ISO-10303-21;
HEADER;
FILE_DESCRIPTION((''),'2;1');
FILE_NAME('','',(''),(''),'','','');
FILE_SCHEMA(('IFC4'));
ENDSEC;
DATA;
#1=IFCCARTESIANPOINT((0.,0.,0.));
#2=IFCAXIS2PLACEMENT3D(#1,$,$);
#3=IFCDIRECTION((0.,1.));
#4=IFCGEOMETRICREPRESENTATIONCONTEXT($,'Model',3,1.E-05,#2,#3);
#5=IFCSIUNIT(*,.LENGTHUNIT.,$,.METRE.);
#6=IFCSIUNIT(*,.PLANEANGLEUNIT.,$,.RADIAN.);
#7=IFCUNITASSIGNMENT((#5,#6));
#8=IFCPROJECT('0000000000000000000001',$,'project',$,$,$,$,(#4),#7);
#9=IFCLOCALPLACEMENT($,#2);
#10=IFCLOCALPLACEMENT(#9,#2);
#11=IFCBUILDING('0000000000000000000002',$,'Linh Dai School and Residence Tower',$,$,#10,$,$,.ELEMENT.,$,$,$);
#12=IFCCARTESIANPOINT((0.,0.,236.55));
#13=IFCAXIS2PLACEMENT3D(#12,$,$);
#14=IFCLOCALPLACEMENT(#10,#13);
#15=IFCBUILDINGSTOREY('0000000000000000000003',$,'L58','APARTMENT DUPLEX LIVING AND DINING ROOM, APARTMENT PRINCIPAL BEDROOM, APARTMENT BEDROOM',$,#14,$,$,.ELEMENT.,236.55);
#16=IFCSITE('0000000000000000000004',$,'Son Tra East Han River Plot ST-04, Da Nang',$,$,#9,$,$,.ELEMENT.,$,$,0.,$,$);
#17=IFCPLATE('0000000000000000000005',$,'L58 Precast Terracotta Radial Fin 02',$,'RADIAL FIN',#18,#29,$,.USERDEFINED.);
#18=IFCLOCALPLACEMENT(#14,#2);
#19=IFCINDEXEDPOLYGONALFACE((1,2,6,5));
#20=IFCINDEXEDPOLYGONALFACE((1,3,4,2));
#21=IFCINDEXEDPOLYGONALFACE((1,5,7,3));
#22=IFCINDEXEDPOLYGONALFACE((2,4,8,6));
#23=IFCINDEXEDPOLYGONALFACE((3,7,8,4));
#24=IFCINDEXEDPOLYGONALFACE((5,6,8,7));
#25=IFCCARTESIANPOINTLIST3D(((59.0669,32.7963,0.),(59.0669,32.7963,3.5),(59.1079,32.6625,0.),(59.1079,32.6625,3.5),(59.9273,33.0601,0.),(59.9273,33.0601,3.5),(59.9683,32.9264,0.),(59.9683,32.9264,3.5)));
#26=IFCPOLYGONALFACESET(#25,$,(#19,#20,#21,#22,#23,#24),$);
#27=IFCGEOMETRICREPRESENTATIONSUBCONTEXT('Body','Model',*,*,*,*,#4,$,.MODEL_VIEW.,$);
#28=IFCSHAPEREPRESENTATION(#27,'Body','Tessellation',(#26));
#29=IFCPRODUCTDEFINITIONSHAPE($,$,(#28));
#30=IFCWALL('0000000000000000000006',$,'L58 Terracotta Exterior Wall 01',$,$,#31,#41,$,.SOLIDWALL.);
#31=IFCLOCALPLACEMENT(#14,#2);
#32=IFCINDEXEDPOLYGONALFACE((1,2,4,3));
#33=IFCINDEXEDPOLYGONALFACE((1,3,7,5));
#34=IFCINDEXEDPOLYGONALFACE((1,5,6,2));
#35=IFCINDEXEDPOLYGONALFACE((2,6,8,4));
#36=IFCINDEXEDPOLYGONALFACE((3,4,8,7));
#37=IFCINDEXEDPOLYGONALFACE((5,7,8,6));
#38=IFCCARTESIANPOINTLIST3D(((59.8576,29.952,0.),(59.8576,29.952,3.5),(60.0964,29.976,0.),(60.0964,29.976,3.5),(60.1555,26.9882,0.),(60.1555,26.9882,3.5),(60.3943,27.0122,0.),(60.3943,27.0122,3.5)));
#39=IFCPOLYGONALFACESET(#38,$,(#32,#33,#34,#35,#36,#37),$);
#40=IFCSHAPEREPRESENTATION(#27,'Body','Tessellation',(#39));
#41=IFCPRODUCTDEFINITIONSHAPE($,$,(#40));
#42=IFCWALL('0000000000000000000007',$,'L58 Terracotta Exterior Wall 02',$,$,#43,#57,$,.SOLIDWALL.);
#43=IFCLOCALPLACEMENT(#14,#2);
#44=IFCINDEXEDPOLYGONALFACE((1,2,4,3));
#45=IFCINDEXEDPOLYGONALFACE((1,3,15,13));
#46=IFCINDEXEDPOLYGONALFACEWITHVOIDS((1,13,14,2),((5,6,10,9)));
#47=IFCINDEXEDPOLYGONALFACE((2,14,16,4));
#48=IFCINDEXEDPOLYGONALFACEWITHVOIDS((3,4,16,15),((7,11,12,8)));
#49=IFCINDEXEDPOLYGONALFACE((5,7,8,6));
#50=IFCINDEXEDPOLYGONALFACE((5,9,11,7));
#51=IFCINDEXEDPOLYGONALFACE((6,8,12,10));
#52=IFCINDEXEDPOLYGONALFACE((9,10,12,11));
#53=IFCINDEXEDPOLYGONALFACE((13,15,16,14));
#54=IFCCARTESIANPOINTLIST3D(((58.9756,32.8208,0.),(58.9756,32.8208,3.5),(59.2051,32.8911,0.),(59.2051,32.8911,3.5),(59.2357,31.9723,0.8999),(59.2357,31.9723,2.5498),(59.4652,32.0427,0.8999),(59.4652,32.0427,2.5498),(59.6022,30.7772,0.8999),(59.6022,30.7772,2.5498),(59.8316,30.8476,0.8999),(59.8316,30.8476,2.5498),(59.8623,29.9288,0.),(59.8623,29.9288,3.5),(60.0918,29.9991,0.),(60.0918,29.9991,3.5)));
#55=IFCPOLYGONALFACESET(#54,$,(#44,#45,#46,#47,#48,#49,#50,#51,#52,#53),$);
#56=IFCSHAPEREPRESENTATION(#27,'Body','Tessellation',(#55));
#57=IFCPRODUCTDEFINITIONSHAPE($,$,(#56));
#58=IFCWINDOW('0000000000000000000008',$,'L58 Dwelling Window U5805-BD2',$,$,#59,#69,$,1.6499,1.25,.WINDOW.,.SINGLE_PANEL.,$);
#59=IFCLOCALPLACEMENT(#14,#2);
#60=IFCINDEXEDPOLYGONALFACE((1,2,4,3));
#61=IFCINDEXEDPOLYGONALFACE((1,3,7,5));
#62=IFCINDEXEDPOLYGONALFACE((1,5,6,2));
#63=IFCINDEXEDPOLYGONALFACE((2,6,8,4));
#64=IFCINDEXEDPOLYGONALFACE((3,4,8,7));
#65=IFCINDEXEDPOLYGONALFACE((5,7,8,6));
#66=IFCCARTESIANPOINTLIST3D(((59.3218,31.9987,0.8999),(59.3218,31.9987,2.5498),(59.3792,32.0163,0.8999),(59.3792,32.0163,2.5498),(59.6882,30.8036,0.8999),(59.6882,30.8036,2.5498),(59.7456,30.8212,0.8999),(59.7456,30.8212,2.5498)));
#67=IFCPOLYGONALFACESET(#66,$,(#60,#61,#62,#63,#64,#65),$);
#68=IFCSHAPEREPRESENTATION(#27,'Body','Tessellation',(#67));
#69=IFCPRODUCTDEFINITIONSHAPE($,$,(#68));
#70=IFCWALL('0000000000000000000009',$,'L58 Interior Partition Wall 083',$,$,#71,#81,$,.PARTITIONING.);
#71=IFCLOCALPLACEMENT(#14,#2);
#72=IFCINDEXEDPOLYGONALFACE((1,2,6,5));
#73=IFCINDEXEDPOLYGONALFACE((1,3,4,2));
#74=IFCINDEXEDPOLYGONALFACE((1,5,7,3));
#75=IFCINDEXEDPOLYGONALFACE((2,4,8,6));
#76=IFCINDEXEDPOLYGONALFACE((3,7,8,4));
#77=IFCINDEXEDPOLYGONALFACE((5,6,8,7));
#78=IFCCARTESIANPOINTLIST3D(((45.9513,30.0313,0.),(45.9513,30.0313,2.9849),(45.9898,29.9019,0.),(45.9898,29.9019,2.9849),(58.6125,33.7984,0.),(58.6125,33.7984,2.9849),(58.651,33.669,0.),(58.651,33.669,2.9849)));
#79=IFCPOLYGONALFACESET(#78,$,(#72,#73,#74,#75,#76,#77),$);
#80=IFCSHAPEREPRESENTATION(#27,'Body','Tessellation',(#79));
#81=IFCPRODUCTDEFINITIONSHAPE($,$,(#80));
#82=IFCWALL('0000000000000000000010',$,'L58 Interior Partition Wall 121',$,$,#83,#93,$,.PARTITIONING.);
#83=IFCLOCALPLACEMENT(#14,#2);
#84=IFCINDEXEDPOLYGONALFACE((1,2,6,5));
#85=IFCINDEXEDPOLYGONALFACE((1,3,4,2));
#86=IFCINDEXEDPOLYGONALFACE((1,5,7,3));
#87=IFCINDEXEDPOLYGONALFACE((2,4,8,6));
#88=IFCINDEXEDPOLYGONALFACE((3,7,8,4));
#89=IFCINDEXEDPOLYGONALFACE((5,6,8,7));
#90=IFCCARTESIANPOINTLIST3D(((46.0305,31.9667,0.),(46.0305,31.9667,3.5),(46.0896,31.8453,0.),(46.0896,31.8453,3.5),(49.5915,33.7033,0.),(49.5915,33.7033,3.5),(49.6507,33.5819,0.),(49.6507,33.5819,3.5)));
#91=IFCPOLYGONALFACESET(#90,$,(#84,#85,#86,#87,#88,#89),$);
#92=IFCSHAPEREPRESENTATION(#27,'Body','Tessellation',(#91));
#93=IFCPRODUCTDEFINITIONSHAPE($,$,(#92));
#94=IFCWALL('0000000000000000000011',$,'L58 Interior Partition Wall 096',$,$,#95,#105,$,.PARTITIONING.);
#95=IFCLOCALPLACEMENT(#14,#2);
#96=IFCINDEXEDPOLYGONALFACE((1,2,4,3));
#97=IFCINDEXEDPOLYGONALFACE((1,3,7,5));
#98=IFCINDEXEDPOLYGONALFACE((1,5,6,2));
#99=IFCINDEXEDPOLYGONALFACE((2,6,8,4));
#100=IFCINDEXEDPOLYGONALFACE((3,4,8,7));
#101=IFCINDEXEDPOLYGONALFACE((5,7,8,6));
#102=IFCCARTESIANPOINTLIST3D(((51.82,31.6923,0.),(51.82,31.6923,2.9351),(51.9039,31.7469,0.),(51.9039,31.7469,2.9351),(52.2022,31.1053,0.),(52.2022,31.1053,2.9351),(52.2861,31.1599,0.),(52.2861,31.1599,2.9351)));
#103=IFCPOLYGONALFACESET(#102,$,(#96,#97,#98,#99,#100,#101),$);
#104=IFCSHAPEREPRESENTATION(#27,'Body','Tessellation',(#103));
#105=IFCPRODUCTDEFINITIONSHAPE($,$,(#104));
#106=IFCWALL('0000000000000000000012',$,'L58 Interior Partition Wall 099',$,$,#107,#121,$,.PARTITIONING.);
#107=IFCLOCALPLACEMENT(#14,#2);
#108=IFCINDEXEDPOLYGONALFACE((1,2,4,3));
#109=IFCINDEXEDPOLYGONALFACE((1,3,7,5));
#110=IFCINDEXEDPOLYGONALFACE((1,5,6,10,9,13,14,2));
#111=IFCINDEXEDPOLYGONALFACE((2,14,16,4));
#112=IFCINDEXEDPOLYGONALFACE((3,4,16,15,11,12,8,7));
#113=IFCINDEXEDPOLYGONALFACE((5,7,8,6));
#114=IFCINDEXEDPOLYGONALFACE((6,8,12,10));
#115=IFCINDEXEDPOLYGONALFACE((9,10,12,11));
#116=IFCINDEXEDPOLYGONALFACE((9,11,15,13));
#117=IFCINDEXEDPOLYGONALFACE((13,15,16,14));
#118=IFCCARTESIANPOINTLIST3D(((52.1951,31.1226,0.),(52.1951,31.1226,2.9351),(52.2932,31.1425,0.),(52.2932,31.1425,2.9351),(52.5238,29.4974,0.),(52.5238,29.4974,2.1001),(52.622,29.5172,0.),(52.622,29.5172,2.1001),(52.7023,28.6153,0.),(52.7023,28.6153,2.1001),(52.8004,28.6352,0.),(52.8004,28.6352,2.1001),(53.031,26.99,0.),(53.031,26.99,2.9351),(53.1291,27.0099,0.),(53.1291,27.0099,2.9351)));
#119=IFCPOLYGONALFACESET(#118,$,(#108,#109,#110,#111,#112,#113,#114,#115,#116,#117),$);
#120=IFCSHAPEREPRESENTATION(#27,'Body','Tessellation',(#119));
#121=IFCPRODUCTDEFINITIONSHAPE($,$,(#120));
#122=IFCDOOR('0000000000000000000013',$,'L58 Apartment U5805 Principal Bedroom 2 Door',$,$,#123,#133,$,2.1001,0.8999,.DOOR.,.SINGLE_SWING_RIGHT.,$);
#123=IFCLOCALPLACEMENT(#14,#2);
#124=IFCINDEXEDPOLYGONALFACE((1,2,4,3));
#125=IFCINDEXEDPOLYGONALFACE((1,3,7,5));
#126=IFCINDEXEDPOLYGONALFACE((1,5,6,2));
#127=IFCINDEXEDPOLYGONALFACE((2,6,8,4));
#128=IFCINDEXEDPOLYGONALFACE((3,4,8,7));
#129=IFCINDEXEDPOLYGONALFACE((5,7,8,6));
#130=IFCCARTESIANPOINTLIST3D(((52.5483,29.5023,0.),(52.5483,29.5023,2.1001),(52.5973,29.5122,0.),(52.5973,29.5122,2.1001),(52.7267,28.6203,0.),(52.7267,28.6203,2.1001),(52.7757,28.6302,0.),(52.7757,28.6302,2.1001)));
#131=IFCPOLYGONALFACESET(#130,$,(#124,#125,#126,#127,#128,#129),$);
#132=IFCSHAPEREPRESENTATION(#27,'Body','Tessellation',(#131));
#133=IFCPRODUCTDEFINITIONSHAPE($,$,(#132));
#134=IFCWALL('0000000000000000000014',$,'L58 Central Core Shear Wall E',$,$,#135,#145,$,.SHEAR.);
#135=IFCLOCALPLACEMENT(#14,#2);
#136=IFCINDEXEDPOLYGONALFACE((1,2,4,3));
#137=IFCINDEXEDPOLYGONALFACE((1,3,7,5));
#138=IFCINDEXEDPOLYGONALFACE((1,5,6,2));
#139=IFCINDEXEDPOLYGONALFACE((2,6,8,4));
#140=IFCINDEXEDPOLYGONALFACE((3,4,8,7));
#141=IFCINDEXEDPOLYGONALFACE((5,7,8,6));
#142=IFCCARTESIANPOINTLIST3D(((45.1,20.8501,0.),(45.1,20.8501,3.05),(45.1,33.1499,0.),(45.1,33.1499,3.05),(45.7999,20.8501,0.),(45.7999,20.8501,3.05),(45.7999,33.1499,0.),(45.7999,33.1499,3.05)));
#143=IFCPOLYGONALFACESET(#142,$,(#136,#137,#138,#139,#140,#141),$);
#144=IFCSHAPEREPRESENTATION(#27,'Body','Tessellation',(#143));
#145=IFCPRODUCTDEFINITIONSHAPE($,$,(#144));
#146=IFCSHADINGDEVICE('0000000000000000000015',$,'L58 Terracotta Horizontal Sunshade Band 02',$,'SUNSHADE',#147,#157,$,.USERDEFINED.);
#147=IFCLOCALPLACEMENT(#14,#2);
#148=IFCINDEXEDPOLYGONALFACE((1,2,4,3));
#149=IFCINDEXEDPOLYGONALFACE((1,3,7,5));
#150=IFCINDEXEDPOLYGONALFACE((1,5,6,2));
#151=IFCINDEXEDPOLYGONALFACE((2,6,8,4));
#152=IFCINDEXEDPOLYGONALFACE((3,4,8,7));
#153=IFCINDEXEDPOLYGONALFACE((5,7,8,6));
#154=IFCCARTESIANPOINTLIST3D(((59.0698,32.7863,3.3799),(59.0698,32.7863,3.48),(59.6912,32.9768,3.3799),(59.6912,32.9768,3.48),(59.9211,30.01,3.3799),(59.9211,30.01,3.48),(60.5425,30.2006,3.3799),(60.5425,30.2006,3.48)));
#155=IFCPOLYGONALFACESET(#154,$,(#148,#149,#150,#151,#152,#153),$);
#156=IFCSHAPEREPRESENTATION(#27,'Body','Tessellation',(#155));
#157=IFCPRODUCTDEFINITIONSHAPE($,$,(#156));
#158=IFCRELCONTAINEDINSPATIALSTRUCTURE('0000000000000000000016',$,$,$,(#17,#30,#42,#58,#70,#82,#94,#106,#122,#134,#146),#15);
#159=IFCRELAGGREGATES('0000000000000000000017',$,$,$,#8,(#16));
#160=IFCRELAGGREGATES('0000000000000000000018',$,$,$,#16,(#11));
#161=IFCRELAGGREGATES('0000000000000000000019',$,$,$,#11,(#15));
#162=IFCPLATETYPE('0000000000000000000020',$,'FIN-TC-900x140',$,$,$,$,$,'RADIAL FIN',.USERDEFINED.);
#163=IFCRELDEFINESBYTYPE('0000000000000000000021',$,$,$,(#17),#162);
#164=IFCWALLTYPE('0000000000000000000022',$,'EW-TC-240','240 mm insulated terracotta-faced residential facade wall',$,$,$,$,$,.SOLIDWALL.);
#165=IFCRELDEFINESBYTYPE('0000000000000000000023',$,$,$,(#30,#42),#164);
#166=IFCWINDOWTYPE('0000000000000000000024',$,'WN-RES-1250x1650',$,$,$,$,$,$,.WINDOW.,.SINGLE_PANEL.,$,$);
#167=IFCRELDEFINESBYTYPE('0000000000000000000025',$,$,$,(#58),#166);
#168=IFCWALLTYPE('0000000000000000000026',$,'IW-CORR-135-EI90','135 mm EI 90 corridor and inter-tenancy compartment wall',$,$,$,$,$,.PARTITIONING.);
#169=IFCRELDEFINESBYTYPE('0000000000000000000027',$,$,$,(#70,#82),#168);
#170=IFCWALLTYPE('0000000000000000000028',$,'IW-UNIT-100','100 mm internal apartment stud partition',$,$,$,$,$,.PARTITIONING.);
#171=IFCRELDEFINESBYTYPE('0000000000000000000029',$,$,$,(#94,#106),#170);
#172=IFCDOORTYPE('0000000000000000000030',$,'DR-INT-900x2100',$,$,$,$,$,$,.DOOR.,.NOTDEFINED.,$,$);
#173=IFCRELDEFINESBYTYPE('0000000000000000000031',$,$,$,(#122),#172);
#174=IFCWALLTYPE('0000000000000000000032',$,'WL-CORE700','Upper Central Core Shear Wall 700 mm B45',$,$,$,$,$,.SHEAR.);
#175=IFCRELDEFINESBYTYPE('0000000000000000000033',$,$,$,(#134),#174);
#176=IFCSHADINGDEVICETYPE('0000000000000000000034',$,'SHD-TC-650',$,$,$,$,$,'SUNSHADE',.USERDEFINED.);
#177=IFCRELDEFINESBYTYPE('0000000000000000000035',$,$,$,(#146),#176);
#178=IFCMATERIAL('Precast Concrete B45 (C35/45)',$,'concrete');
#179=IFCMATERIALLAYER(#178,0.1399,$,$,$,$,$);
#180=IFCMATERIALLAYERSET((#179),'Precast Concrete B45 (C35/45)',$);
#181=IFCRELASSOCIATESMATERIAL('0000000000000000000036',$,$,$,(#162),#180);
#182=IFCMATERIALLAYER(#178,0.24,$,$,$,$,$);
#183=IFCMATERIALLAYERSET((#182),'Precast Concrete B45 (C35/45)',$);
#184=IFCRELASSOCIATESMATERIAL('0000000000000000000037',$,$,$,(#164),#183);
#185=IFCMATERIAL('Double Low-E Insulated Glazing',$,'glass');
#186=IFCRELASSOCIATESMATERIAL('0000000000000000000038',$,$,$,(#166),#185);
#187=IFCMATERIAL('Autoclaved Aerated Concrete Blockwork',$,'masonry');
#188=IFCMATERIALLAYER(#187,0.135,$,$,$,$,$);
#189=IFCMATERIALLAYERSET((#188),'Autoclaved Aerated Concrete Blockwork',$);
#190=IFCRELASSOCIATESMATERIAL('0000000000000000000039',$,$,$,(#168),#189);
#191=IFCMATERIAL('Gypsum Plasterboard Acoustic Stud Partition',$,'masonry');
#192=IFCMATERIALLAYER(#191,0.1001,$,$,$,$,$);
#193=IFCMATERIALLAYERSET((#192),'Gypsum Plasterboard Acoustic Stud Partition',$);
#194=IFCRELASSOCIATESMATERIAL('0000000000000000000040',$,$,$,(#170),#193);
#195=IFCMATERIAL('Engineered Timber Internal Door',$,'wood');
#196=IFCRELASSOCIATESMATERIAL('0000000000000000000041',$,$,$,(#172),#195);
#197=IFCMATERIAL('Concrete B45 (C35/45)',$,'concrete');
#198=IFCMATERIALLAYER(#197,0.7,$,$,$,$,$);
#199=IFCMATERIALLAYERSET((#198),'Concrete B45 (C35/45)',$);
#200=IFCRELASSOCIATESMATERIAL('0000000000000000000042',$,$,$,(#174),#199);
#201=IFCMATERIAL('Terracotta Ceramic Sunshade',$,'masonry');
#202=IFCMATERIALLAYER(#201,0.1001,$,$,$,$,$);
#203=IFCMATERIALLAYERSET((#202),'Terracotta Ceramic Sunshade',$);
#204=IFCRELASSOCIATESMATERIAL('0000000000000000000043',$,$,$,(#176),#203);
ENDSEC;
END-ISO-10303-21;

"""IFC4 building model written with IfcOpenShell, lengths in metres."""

from ifc_helpers import new_model, si_unit, direction, frame, frame_2d, origin, origin_2d, place, context, subcontext, project, spatial, rectangle, extrude, source, transform, mapped, material, layer, layer_set, type_object, element, fill, save


model = new_model("IFC4")

# Units and contexts
model_context = context("Model", 3, precision=1e-05, world=origin(), true_north=direction((0.0, 1.0)))
body_context = subcontext(model_context, "Body", "Model", "MODEL_VIEW")
ifc_project = project(units=[si_unit("LENGTHUNIT", "METRE"), si_unit("PLANEANGLEUNIT", "RADIAN")], contexts=[model_context])

# Site, building, storey
site_placement = place(None, origin())
site = spatial("IfcSite", under=ifc_project, at=site_placement, Name="Son Tra East Han River Plot ST-04, Da Nang", CompositionType="ELEMENT", RefElevation=0.0)
building_placement = place(site_placement, origin())
building = spatial("IfcBuilding", under=site, at=building_placement, Name="Linh Dai School and Residence Tower", CompositionType="ELEMENT")
storey_placement = place(building_placement, frame((0.0, 0.0, 236.55)))
storey = spatial("IfcBuildingStorey", under=building, at=storey_placement, Name="L58", Description="APARTMENT DUPLEX LIVING AND DINING ROOM, APARTMENT PRINCIPAL BEDROOM, APARTMENT BEDROOM", CompositionType="ELEMENT", Elevation=236.55)

# Plate
ifc_material_1 = material(Name="Precast Concrete B45 (C35/45)", Category="concrete")
ifc_layer_1 = layer(ifc_material_1, 0.1399)
ifc_layer_set_1 = layer_set([ifc_layer_1], Name="Precast Concrete B45 (C35/45)")
plate_type = type_object("IfcPlateType", Name="FIN-TC-900x140", ElementType="RADIAL FIN", PredefinedType="USERDEFINED", material=ifc_layer_set_1)
shared_shape_1 = source(origin(), body_context, "Body", "SweptSolid", [
    extrude(rectangle(XDim=0.8999, YDim=0.1399, at=origin_2d()), origin(), (0.0, 0.0, 1.0), 3.5),
])
plate_placement = place(storey_placement, frame((59.5176, 32.8613, 0.0), z_axis=(0.0, 0.0, 1.0), x_axis=(0.956064, 0.293157, 0.0)))
element("IfcPlate", 1, at=plate_placement, inside=storey, type_object=plate_type, Name="L58 Precast Terracotta Radial Fin 02", ObjectType="RADIAL FIN", PredefinedType="USERDEFINED", context=body_context, shape_type="MappedRepresentation", body=[
    mapped(shared_shape_1, transform((0.0, 0.0, 0.0), x_axis=(1.0, 0.0, 0.0), y_axis=(0.0, 1.0, 0.0), z_axis=(0.0, 0.0, 1.0), scale=1.0)),
])

# Wall
ifc_layer_2 = layer(ifc_material_1, 0.24)
ifc_layer_set_2 = layer_set([ifc_layer_2], Name="Precast Concrete B45 (C35/45)")
wall_type_1 = type_object("IfcWallType", Name="EW-TC-240", Description="240 mm insulated terracotta-faced residential facade wall", PredefinedType="SOLIDWALL", material=ifc_layer_set_2)
wall_1_placement = place(storey_placement, frame((59.9771, 29.9639, 0.0), z_axis=(0.0, 0.0, 1.0), x_axis=(0.099991, -0.994988, 0.0)))
element("IfcWall", 2, at=wall_1_placement, inside=storey, type_object=wall_type_1, Name="L58 Terracotta Exterior Wall 01", PredefinedType="SOLIDWALL", context=body_context, shape_type="SweptSolid", body=[
    extrude(rectangle(XDim=2.9788, YDim=0.24, at=frame_2d((1.4893, 0.0))), origin(), (0.0, 0.0, 1.0), 3.5),
])

# Wall, opening, window
wall_2_placement = place(storey_placement, frame((59.0903, 32.856, 0.0), z_axis=(0.0, 0.0, 1.0), x_axis=(0.293133, -0.956072, 0.0)))
wall_2 = element("IfcWall", 3, at=wall_2_placement, inside=storey, type_object=wall_type_1, Name="L58 Terracotta Exterior Wall 02", PredefinedType="SOLIDWALL", context=body_context, shape_type="SweptSolid", body=[
    extrude(rectangle(XDim=3.0249, YDim=0.24, at=frame_2d((1.5125, 0.0))), origin(), (0.0, 0.0, 1.0), 3.5),
])
opening_1_placement = place(wall_2_placement, frame((0.8875, 0.0, 0.8999)))
opening_1 = element("IfcOpeningElement", 4, at=opening_1_placement, cuts=wall_2, PredefinedType="OPENING", context=body_context, shape_type="SweptSolid", body=[
    extrude(rectangle(XDim=1.25, YDim=1.6499, at=origin_2d()), frame((0.625, 0.1299, 0.825), z_axis=(0.0, -1.0, 0.0), x_axis=(1.0, 0.0, 0.0)), (0.0, 0.0, 1.0), 0.26),
])
ifc_material_2 = material(Name="Double Low-E Insulated Glazing", Category="glass")
window_type = type_object("IfcWindowType", Name="WN-RES-1250x1650", PartitioningType="SINGLE_PANEL", PredefinedType="WINDOW", material=ifc_material_2)
shared_shape_2 = source(origin(), body_context, "Body", "SweptSolid", [
    extrude(rectangle(XDim=1.25, YDim=1.6499, at=origin_2d()), frame((0.625, 0.03, 0.825), z_axis=(0.0, -1.0, 0.0), x_axis=(1.0, 0.0, 0.0)), (0.0, 0.0, 1.0), 0.0601),
])
window_placement = place(opening_1_placement, origin())
window = element("IfcWindow", 5, at=window_placement, inside=storey, type_object=window_type, Name="L58 Dwelling Window U5805-BD2", OverallHeight=1.6499, OverallWidth=1.25, PartitioningType="SINGLE_PANEL", PredefinedType="WINDOW", context=body_context, shape_type="MappedRepresentation", body=[
    mapped(shared_shape_2, transform((0.0, 0.0, 0.0), x_axis=(1.0, 0.0, 0.0), y_axis=(0.0, 1.0, 0.0), z_axis=(0.0, 0.0, 1.0), scale=1.0)),
])
fill(opening_1, window)

# Walls
ifc_material_3 = material(Name="Autoclaved Aerated Concrete Blockwork", Category="masonry")
ifc_layer_3 = layer(ifc_material_3, 0.135)
ifc_layer_set_3 = layer_set([ifc_layer_3], Name="Autoclaved Aerated Concrete Blockwork")
wall_type_2 = type_object("IfcWallType", Name="IW-CORR-135-EI90", Description="135 mm EI 90 corridor and inter-tenancy compartment wall", PredefinedType="PARTITIONING", material=ifc_layer_set_3)
wall_3_placement = place(storey_placement, frame((45.9705, 29.9666, 0.0), z_axis=(0.0, 0.0, 1.0), x_axis=(0.958475, 0.285177, 0.0)))
element("IfcWall", 6, at=wall_3_placement, inside=storey, type_object=wall_type_2, Name="L58 Interior Partition Wall 083", PredefinedType="PARTITIONING", context=body_context, shape_type="SweptSolid", body=[
    extrude(rectangle(XDim=13.2097, YDim=0.135, at=frame_2d((6.605, 0.0))), origin(), (0.0, 0.0, 1.0), 2.9849),
])
wall_4_placement = place(storey_placement, frame((46.0601, 31.906, 0.0), z_axis=(0.0, 0.0, 1.0), x_axis=(0.89882, 0.438318, 0.0)))
element("IfcWall", 7, at=wall_4_placement, inside=storey, type_object=wall_type_2, Name="L58 Interior Partition Wall 121", PredefinedType="PARTITIONING", context=body_context, shape_type="SweptSolid", body=[
    extrude(rectangle(XDim=3.9619, YDim=0.135, at=frame_2d((1.981, 0.0))), origin(), (0.0, 0.0, 1.0), 3.5),
])
ifc_material_4 = material(Name="Gypsum Plasterboard Acoustic Stud Partition", Category="masonry")
ifc_layer_4 = layer(ifc_material_4, 0.1001)
ifc_layer_set_4 = layer_set([ifc_layer_4], Name="Gypsum Plasterboard Acoustic Stud Partition")
wall_type_3 = type_object("IfcWallType", Name="IW-UNIT-100", Description="100 mm internal apartment stud partition", PredefinedType="PARTITIONING", material=ifc_layer_set_4)
wall_5_placement = place(storey_placement, frame((51.8621, 31.7195, 0.0), z_axis=(0.0, 0.0, 1.0), x_axis=(0.545576, -0.838061, 0.0)))
element("IfcWall", 8, at=wall_5_placement, inside=storey, type_object=wall_type_3, Name="L58 Interior Partition Wall 096", PredefinedType="PARTITIONING", context=body_context, shape_type="SweptSolid", body=[
    extrude(rectangle(XDim=0.7004, YDim=0.1001, at=frame_2d((0.3501, 0.0))), origin(), (0.0, 0.0, 1.0), 2.9351),
])

# Wall, opening, door
wall_6_placement = place(storey_placement, frame((52.2441, 31.1326, 0.0), z_axis=(0.0, 0.0, 1.0), x_axis=(0.198265, -0.980148, 0.0)))
wall_6 = element("IfcWall", 9, at=wall_6_placement, inside=storey, type_object=wall_type_3, Name="L58 Interior Partition Wall 099", PredefinedType="PARTITIONING", context=body_context, shape_type="SweptSolid", body=[
    extrude(rectangle(XDim=4.2163, YDim=0.1001, at=frame_2d((2.1082, 0.0))), origin(), (0.0, 0.0, 1.0), 2.9351),
])
opening_2_placement = place(wall_6_placement, frame((1.6582, 0.0, 0.0)))
opening_2 = element("IfcOpeningElement", 10, at=opening_2_placement, cuts=wall_6, PredefinedType="OPENING", context=body_context, shape_type="SweptSolid", body=[
    extrude(rectangle(XDim=0.8999, YDim=2.1001, at=origin_2d()), frame((0.45, 0.0601, 1.05), z_axis=(0.0, -1.0, 0.0), x_axis=(1.0, 0.0, 0.0)), (0.0, 0.0, 1.0), 0.1201),
])
ifc_material_5 = material(Name="Engineered Timber Internal Door", Category="wood")
door_type = type_object("IfcDoorType", Name="DR-INT-900x2100", OperationType="NOTDEFINED", PredefinedType="DOOR", material=ifc_material_5)
shared_shape_3 = source(origin(), body_context, "Body", "SweptSolid", [
    extrude(rectangle(XDim=0.8999, YDim=2.1001, at=origin_2d()), frame((0.45, 0.0249, 1.05), z_axis=(0.0, -1.0, 0.0), x_axis=(1.0, 0.0, 0.0)), (0.0, 0.0, 1.0), 0.05),
])
door_placement = place(opening_2_placement, origin())
door = element("IfcDoor", 11, at=door_placement, inside=storey, type_object=door_type, Name="L58 Apartment U5805 Principal Bedroom 2 Door", OperationType="SINGLE_SWING_RIGHT", OverallHeight=2.1001, OverallWidth=0.8999, PredefinedType="DOOR", context=body_context, shape_type="MappedRepresentation", body=[
    mapped(shared_shape_3, transform((0.0, 0.0, 0.0), x_axis=(1.0, 0.0, 0.0), y_axis=(0.0, 1.0, 0.0), z_axis=(0.0, 0.0, 1.0), scale=1.0)),
])
fill(opening_2, door)

# Wall
ifc_material_6 = material(Name="Concrete B45 (C35/45)", Category="concrete")
ifc_layer_5 = layer(ifc_material_6, 0.7)
ifc_layer_set_5 = layer_set([ifc_layer_5], Name="Concrete B45 (C35/45)")
wall_type_4 = type_object("IfcWallType", Name="WL-CORE700", Description="Upper Central Core Shear Wall 700 mm B45", PredefinedType="SHEAR", material=ifc_layer_set_5)
wall_7_placement = place(storey_placement, frame((45.45, 33.1499, 0.0), z_axis=(0.0, 0.0, 1.0), x_axis=(0.0, -1.0, 0.0)))
element("IfcWall", 12, at=wall_7_placement, inside=storey, type_object=wall_type_4, Name="L58 Central Core Shear Wall E", PredefinedType="SHEAR", context=body_context, shape_type="SweptSolid", body=[
    extrude(rectangle(XDim=12.2998, YDim=0.7, at=frame_2d((6.1499, 0.0))), origin(), (0.0, 0.0, 1.0), 3.05),
])

# Shading device
ifc_material_7 = material(Name="Terracotta Ceramic Sunshade", Category="masonry")
ifc_layer_6 = layer(ifc_material_7, 0.1001)
ifc_layer_set_6 = layer_set([ifc_layer_6], Name="Terracotta Ceramic Sunshade")
shading_device_type = type_object("IfcShadingDeviceType", Name="SHD-TC-650", ElementType="SUNSHADE", PredefinedType="USERDEFINED", material=ifc_layer_set_6)
shared_shape_4 = source(origin(), body_context, "Body", "SweptSolid", [
    extrude(rectangle(XDim=2.9038, YDim=0.6499, at=origin_2d()), origin(), (0.0, 0.0, 1.0), 0.1001),
])
shading_device_placement = place(storey_placement, frame((59.8062, 31.4934, 3.3799), z_axis=(0.0, 0.0, 1.0), x_axis=(0.293157, -0.956064, 0.0)))
element("IfcShadingDevice", 13, at=shading_device_placement, inside=storey, type_object=shading_device_type, Name="L58 Terracotta Horizontal Sunshade Band 02", ObjectType="SUNSHADE", PredefinedType="USERDEFINED", context=body_context, shape_type="MappedRepresentation", body=[
    mapped(shared_shape_4, transform((0.0, 0.0, 0.0), x_axis=(1.0, 0.0, 0.0), y_axis=(0.0, 1.0, 0.0), z_axis=(0.0, 0.0, 1.0), scale=1.0)),
])

save(model, "model.ifc")
